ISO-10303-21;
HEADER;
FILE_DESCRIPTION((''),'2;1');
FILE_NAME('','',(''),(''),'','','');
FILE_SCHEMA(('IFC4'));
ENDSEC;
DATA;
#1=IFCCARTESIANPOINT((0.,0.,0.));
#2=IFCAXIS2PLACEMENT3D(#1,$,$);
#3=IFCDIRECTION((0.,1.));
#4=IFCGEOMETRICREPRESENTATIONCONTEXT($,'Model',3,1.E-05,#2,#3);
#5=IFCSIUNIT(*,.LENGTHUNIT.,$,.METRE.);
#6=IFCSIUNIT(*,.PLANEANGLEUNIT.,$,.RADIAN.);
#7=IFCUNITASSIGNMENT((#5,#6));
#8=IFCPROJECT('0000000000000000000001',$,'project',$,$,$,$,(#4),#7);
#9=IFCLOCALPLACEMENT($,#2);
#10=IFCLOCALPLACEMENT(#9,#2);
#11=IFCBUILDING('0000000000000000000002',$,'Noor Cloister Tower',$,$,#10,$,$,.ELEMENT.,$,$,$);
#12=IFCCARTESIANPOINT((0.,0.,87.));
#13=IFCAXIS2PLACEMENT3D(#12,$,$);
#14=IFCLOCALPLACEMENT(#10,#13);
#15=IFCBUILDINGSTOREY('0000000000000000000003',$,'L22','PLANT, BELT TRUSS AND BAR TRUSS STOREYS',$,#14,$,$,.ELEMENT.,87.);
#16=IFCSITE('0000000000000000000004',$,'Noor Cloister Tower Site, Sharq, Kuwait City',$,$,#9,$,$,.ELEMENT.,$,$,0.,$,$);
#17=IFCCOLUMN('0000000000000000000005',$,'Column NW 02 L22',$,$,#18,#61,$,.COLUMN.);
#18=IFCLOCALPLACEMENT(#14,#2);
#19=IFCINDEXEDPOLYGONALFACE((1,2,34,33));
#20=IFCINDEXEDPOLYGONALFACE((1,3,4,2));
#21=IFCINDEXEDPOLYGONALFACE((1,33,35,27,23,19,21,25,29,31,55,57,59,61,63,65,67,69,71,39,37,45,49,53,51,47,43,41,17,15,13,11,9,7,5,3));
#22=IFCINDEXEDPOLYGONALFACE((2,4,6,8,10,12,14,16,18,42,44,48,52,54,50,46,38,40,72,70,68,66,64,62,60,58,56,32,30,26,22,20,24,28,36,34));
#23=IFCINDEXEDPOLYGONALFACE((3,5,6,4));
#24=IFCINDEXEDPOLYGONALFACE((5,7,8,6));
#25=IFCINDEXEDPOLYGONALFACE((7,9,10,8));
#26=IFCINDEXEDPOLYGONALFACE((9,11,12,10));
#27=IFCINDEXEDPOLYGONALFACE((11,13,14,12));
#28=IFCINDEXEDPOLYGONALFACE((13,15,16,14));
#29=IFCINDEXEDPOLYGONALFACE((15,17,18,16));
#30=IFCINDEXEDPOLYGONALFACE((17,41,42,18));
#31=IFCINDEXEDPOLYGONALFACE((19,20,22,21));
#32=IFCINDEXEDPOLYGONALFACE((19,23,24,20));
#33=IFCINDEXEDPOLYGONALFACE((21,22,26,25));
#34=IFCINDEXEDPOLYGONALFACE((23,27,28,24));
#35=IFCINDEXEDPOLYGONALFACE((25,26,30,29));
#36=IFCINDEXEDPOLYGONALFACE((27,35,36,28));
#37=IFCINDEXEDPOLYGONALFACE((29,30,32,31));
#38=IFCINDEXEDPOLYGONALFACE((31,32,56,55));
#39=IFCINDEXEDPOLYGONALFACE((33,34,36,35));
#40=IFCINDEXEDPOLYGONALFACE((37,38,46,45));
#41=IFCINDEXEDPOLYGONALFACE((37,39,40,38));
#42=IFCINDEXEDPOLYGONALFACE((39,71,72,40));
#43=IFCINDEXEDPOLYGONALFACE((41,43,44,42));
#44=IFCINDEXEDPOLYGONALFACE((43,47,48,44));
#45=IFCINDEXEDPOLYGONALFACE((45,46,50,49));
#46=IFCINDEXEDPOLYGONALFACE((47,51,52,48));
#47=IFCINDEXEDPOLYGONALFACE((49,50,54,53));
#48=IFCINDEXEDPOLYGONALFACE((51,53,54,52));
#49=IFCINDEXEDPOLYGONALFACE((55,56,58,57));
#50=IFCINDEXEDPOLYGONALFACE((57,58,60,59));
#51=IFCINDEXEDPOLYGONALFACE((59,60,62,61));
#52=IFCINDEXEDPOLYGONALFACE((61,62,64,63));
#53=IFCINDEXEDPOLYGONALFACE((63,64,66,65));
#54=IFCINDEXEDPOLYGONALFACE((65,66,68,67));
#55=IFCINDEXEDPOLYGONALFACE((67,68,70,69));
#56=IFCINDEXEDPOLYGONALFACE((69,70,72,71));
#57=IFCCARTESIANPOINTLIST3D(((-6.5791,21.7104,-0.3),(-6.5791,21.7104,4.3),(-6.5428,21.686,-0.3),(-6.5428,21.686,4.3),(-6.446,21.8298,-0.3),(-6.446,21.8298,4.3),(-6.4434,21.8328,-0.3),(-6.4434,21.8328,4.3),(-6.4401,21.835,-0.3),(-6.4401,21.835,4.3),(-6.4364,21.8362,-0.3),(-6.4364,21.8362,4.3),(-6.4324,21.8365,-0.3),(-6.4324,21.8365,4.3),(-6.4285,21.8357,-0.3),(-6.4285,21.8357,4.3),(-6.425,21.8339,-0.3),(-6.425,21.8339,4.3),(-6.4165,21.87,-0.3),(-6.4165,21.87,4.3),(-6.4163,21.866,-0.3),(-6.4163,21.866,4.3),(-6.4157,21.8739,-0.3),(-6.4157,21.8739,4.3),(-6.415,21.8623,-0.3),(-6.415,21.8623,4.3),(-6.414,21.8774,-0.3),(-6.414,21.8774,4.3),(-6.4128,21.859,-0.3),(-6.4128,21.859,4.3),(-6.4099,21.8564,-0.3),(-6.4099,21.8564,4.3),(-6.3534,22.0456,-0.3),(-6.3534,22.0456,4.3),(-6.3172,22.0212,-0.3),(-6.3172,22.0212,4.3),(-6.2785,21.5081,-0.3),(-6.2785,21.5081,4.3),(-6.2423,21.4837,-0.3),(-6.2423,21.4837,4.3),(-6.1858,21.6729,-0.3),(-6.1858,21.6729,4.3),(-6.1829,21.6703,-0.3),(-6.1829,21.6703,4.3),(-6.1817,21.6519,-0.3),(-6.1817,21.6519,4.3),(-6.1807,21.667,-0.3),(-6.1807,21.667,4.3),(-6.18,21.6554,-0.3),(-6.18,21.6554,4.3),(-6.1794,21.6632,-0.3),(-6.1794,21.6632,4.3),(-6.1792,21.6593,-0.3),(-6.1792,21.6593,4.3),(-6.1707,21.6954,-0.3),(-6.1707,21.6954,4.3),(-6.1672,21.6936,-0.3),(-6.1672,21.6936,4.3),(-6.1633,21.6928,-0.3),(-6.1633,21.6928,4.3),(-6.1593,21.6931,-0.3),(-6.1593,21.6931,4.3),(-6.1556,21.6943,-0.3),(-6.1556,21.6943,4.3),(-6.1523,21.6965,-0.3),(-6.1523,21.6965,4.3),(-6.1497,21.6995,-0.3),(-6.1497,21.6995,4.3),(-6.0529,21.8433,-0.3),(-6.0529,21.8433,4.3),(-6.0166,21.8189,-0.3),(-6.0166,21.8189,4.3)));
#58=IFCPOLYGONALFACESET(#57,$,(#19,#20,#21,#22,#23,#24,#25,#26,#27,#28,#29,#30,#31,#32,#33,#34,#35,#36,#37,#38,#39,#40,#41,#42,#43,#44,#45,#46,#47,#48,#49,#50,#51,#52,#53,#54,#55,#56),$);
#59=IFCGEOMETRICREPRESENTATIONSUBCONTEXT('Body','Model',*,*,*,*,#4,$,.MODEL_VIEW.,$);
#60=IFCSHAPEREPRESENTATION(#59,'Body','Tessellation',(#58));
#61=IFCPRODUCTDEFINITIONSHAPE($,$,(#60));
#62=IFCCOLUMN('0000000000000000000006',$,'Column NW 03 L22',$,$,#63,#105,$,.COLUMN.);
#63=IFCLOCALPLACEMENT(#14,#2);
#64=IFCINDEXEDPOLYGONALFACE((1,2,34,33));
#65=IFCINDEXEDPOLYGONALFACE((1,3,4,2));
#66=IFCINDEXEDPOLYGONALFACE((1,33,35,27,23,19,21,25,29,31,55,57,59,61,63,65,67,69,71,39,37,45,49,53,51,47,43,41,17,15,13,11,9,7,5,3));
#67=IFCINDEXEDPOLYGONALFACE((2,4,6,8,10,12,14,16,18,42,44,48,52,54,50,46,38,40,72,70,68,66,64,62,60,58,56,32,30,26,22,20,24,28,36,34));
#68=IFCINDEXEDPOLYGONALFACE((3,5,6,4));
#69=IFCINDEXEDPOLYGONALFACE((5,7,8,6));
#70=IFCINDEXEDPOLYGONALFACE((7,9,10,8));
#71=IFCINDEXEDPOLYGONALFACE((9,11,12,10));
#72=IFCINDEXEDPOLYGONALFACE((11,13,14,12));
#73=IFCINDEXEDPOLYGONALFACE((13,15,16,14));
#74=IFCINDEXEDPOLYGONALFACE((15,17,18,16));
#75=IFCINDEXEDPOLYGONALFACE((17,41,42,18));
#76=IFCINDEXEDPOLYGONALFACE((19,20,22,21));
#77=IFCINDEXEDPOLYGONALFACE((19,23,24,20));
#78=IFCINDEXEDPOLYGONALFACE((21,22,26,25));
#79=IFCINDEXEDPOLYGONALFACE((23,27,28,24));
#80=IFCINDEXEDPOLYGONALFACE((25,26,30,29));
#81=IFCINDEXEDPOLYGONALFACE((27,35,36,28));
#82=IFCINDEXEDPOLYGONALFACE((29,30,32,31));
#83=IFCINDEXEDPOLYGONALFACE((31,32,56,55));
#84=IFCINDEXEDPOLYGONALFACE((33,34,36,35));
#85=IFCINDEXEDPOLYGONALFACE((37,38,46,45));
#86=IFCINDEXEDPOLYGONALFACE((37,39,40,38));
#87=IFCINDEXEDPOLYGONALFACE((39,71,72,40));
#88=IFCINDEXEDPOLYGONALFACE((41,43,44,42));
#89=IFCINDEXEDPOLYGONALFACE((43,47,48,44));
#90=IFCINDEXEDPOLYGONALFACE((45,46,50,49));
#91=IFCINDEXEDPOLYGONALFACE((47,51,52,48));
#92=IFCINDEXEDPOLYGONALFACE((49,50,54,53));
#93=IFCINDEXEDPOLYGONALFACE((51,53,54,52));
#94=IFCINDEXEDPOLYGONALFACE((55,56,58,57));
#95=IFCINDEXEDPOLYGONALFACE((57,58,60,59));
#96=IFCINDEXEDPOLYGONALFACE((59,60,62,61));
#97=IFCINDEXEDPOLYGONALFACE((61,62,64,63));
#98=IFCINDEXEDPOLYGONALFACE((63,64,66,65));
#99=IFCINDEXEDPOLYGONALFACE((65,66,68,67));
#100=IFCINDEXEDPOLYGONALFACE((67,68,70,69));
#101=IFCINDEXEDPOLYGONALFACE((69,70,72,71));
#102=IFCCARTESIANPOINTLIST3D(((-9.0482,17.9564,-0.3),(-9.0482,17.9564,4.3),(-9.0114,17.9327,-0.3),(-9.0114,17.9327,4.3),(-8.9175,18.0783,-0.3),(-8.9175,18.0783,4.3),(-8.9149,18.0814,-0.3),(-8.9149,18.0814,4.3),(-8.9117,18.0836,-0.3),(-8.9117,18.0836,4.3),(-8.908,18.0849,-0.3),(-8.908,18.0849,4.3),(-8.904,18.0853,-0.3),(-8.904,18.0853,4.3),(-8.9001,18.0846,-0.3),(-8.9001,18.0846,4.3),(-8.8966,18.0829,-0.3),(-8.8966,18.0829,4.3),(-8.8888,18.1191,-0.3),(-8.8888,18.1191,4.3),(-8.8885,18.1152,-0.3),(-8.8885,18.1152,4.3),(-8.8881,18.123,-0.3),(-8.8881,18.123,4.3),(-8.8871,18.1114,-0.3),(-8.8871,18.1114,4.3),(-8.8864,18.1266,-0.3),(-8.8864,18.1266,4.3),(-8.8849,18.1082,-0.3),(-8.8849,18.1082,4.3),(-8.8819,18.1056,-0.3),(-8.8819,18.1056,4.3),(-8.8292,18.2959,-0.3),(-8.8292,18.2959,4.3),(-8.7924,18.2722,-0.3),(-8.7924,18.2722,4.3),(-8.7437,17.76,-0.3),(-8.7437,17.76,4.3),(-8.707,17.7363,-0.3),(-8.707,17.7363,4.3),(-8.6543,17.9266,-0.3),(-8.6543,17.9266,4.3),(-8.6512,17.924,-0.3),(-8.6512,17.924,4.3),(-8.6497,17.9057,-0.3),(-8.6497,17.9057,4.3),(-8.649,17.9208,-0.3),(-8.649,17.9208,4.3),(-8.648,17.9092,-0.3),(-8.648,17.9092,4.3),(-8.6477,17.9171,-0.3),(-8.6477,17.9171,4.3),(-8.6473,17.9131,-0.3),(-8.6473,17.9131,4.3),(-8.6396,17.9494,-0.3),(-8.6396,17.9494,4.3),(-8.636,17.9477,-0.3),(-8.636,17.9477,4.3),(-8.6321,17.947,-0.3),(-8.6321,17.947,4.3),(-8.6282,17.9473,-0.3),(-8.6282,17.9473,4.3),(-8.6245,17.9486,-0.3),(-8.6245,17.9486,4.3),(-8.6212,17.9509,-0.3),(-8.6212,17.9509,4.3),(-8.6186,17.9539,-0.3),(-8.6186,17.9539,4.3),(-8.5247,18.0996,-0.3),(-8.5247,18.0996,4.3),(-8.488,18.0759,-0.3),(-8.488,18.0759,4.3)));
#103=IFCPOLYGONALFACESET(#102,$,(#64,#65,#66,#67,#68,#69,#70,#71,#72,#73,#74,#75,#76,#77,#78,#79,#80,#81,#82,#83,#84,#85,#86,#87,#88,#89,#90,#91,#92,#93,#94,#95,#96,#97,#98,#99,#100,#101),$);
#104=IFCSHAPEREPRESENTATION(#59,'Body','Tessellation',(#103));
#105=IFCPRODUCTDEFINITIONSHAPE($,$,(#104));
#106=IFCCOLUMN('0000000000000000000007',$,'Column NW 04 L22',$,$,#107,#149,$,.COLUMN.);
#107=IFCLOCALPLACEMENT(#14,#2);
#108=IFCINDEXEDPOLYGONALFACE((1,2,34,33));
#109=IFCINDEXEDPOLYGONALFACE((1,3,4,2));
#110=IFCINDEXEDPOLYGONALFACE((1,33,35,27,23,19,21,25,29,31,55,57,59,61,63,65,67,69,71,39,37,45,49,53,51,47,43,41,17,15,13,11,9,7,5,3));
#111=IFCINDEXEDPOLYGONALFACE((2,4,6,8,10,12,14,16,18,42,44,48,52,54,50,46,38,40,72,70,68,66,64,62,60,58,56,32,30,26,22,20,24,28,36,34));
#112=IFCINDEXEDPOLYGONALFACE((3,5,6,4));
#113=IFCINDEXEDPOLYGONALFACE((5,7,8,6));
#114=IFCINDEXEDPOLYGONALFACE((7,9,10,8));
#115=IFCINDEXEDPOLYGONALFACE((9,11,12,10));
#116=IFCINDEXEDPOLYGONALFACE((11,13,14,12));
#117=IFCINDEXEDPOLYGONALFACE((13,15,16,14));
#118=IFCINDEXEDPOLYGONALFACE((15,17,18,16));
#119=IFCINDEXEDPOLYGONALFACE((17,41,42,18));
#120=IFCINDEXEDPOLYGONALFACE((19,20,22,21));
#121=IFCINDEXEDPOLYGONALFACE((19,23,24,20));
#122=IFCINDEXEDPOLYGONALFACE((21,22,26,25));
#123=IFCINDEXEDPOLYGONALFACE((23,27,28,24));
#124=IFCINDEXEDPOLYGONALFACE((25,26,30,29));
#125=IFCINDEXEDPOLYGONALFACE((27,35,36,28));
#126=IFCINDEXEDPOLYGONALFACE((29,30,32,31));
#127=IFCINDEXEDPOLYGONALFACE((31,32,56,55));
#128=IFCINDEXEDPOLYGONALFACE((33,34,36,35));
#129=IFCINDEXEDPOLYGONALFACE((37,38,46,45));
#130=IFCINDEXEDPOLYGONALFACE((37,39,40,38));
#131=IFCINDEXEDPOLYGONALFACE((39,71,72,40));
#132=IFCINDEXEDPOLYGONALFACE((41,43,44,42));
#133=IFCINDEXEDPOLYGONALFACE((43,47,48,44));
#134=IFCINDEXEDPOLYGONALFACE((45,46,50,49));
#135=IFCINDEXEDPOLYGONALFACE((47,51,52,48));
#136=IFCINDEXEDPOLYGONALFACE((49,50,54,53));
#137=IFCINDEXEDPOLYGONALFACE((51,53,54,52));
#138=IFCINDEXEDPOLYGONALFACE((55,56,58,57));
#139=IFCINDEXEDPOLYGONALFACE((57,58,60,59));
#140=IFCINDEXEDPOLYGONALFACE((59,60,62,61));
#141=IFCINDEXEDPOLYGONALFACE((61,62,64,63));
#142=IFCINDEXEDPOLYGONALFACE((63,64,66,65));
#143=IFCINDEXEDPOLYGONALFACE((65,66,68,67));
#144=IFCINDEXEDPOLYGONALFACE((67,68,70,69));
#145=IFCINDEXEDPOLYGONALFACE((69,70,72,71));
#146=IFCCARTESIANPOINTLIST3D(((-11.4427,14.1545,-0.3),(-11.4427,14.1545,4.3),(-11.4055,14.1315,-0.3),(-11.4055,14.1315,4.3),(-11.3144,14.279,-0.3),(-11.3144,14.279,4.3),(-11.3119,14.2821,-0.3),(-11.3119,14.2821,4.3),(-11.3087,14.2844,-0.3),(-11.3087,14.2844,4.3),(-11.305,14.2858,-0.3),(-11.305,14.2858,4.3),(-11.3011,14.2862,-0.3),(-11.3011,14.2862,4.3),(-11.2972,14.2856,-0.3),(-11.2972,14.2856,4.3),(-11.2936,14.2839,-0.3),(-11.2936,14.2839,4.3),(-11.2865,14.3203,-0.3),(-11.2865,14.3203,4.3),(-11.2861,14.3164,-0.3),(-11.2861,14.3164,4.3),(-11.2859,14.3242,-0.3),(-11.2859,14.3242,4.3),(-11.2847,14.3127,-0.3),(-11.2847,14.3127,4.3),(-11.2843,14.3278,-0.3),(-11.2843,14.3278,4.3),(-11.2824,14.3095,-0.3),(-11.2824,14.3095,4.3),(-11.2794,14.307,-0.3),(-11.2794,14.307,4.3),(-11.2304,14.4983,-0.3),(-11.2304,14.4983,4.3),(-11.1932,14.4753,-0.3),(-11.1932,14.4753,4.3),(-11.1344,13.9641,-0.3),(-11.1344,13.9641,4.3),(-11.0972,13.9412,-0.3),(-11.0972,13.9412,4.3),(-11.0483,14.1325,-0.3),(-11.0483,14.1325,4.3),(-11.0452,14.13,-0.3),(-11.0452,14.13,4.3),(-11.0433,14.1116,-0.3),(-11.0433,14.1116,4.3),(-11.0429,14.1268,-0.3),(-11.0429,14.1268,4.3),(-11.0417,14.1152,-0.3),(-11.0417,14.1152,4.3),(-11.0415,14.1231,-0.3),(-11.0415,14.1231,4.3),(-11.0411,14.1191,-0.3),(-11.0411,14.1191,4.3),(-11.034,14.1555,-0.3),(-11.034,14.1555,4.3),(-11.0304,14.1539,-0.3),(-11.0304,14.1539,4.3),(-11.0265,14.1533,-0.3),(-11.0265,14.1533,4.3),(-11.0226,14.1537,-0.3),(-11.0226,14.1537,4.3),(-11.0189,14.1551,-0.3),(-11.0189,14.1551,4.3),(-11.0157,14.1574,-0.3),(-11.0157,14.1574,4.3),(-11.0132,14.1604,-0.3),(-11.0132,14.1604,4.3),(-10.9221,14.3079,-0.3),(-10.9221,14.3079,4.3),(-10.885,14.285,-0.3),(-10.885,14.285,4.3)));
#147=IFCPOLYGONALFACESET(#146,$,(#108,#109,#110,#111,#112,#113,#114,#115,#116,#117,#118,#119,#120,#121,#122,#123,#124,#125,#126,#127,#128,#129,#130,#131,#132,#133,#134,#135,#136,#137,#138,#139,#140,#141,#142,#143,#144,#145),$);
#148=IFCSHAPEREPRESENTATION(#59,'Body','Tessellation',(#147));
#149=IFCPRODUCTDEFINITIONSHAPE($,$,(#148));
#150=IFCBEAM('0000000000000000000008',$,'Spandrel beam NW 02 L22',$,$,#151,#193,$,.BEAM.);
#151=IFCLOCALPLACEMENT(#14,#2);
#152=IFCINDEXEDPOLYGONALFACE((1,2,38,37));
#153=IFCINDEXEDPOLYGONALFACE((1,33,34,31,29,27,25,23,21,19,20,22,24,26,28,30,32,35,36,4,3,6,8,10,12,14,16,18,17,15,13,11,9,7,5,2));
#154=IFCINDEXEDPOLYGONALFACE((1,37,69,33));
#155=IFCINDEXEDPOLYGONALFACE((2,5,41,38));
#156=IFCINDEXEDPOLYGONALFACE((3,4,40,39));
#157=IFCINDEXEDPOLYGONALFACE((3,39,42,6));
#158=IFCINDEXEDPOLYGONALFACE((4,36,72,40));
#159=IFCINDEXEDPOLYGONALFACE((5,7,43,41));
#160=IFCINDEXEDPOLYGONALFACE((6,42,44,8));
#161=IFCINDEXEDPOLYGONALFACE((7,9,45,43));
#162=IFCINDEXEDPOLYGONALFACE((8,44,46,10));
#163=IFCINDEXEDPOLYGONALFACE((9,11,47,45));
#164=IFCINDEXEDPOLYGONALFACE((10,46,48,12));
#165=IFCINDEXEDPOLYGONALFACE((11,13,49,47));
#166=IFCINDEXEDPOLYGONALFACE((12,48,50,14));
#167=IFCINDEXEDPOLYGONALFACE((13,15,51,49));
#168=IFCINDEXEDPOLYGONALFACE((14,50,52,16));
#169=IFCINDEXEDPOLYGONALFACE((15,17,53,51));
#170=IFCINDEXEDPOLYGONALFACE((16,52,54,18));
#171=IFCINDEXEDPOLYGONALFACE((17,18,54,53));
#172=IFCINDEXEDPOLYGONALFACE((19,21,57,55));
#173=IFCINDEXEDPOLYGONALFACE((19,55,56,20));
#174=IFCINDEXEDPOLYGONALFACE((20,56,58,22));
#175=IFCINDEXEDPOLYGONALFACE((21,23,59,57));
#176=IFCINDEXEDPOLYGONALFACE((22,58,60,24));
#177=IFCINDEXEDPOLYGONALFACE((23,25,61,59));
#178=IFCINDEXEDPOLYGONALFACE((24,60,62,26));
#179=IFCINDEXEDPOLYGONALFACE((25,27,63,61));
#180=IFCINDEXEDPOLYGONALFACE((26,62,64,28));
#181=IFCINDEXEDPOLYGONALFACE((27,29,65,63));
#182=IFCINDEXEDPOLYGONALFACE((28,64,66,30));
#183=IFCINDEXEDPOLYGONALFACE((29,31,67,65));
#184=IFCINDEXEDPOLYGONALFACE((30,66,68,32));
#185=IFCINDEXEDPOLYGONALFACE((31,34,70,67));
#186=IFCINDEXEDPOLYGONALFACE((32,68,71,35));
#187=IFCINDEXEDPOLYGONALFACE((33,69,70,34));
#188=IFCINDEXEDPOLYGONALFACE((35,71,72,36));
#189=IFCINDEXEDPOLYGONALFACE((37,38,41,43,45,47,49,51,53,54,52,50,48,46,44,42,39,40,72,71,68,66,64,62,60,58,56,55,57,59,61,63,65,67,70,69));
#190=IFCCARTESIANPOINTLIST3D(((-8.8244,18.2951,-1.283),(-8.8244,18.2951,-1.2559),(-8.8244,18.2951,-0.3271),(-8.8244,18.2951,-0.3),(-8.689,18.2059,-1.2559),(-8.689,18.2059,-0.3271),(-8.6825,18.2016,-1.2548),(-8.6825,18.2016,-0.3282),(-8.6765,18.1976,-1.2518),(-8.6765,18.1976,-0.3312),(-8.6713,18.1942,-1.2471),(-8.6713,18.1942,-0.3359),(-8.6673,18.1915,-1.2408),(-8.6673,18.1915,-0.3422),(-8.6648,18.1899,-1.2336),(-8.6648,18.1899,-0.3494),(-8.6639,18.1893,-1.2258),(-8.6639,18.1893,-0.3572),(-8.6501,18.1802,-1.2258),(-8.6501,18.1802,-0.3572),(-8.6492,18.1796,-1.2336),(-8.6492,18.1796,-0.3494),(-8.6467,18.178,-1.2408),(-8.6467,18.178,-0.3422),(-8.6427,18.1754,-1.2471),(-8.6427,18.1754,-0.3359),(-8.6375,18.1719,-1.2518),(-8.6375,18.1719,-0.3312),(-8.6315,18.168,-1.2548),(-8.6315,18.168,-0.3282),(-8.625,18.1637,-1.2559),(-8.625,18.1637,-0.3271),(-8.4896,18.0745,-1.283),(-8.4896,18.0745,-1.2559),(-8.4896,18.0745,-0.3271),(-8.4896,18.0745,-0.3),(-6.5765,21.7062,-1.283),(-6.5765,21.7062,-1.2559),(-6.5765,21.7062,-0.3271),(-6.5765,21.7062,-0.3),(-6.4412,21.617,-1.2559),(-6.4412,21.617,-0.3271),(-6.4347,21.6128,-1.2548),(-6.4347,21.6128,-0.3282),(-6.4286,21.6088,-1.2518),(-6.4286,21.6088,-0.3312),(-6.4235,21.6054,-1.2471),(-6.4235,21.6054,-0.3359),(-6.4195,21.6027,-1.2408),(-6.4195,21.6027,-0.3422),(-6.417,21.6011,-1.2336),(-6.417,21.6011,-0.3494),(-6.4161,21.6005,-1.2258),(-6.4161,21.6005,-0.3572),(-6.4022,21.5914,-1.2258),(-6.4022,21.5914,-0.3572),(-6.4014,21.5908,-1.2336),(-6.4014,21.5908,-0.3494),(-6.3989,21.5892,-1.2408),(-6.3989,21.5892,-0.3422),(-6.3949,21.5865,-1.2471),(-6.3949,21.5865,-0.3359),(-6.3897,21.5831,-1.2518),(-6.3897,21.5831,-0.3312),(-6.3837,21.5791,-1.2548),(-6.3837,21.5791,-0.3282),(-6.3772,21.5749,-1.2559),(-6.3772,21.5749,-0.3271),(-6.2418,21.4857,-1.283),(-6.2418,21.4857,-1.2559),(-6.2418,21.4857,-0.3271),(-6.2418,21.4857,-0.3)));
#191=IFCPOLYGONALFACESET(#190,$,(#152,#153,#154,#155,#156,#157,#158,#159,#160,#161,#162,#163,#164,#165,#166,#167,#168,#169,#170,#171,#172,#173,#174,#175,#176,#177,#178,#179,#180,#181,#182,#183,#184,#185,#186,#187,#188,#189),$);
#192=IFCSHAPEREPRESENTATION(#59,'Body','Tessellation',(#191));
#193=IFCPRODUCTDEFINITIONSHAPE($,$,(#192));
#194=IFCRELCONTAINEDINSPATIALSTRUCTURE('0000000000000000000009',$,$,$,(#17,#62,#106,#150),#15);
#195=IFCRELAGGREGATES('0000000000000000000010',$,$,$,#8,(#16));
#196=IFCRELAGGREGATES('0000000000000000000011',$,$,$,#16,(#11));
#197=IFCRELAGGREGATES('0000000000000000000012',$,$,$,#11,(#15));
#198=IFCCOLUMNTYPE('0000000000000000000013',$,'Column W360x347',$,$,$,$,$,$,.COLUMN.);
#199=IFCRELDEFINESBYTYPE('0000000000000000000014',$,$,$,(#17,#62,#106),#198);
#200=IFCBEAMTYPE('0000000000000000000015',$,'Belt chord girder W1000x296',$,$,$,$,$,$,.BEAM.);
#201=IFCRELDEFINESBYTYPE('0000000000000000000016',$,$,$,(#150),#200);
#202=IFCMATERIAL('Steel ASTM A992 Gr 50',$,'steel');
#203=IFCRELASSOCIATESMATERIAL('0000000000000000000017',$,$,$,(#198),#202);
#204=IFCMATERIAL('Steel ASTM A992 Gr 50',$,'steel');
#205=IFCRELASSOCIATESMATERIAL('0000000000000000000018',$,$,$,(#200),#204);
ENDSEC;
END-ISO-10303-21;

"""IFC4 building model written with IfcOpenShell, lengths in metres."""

from ifc_helpers import new_model, si_unit, direction, frame, origin, origin_2d, place, context, subcontext, project, spatial, i_section, extrude, material, material_profile, profile_set, type_object, element, save


model = new_model("IFC4")

# Units and contexts
model_context = context("Model", 3, precision=1e-05, world=origin(), true_north=direction((0.0, 1.0)))
body_context = subcontext(model_context, "Body", "Model", "MODEL_VIEW")
ifc_project = project(units=[si_unit("LENGTHUNIT", "METRE"), si_unit("PLANEANGLEUNIT", "RADIAN")], contexts=[model_context])

# Site, building, storey
site_placement = place(None, origin())
site = spatial("IfcSite", under=ifc_project, at=site_placement, Name="Noor Cloister Tower Site, Sharq, Kuwait City", CompositionType="ELEMENT", RefElevation=0.0)
building_placement = place(site_placement, origin())
building = spatial("IfcBuilding", under=site, at=building_placement, Name="Noor Cloister Tower", CompositionType="ELEMENT")
storey_placement = place(building_placement, frame((0.0, 0.0, 87.0)))
storey = spatial("IfcBuildingStorey", under=building, at=storey_placement, Name="L22", Description="PLANT, BELT TRUSS AND BAR TRUSS STOREYS", CompositionType="ELEMENT", Elevation=87.0)

# Columns
ifc_material_1 = material(Name="Steel ASTM A992 Gr 50", Category="steel")
ifc_material_profile_1 = material_profile(ifc_material_1, i_section(OverallWidth=0.4041, OverallDepth=0.406, WebThickness=0.0271, FlangeThickness=0.0437, FilletRadius=0.0151, at=origin_2d()), Name="W360x347")
ifc_profile_set_1 = profile_set([ifc_material_profile_1], Name="Steel ASTM A992 Gr 50")
column_type = type_object("IfcColumnType", Name="Column W360x347", PredefinedType="COLUMN", material=ifc_profile_set_1)
for number, where, z_axis, x_axis, name in (
    (1, (-6.2979, 21.7646, -0.3), (0.0, 0.0, 1.0), (-0.558429, -0.829553, 0.0), "Column NW 02 L22"),
    (2, (-8.7681, 18.0161, -0.3), (0.0, 0.0, 1.0), (-0.541993, -0.840383, 0.0), "Column NW 03 L22"),
    (3, (-11.1638, 14.2197, -0.3), (0.0, 0.0, 1.0), (-0.525348, -0.850888, 0.0), "Column NW 04 L22"),
):
    element("IfcColumn", number, at=place(storey_placement, frame(where, z_axis=z_axis, x_axis=x_axis)), inside=storey, type_object=column_type, Name=name, PredefinedType="COLUMN", context=body_context, shape_type="SweptSolid", body=[
        extrude(i_section(OverallWidth=0.4041, OverallDepth=0.406, WebThickness=0.0271, FlangeThickness=0.0437, FilletRadius=0.0151, at=origin_2d()), origin(), (0.0, 0.0, 1.0), 4.6001),
    ])

# Beam
ifc_material_2 = material(Name="Steel ASTM A992 Gr 50", Category="steel")
ifc_material_profile_2 = material_profile(ifc_material_2, i_section(OverallWidth=0.4009, OverallDepth=0.9829, WebThickness=0.0166, FlangeThickness=0.0271, FilletRadius=0.03, at=origin_2d()), Name="W1000x296")
ifc_profile_set_2 = profile_set([ifc_material_profile_2], Name="Steel ASTM A992 Gr 50")
beam_type = type_object("IfcBeamType", Name="Belt chord girder W1000x296", PredefinedType="BEAM", material=ifc_profile_set_2)
for number, where, z_axis, x_axis, name in (
    (4, (-6.4092, 21.5959, -0.7915), (-0.550238, -0.835008, 0.0), (0.835008, -0.550238, 0.0), "Spandrel beam NW 02 L22"),
):
    element("IfcBeam", number, at=place(storey_placement, frame(where, z_axis=z_axis, x_axis=x_axis)), inside=storey, type_object=beam_type, Name=name, PredefinedType="BEAM", context=body_context, shape_type="SweptSolid", body=[
        extrude(i_section(OverallWidth=0.4009, OverallDepth=0.9829, WebThickness=0.0166, FlangeThickness=0.0271, FilletRadius=0.03, at=origin_2d()), origin(), (0.0, 0.0, 1.0), 4.0852),
    ])

save(model, "model.ifc")
